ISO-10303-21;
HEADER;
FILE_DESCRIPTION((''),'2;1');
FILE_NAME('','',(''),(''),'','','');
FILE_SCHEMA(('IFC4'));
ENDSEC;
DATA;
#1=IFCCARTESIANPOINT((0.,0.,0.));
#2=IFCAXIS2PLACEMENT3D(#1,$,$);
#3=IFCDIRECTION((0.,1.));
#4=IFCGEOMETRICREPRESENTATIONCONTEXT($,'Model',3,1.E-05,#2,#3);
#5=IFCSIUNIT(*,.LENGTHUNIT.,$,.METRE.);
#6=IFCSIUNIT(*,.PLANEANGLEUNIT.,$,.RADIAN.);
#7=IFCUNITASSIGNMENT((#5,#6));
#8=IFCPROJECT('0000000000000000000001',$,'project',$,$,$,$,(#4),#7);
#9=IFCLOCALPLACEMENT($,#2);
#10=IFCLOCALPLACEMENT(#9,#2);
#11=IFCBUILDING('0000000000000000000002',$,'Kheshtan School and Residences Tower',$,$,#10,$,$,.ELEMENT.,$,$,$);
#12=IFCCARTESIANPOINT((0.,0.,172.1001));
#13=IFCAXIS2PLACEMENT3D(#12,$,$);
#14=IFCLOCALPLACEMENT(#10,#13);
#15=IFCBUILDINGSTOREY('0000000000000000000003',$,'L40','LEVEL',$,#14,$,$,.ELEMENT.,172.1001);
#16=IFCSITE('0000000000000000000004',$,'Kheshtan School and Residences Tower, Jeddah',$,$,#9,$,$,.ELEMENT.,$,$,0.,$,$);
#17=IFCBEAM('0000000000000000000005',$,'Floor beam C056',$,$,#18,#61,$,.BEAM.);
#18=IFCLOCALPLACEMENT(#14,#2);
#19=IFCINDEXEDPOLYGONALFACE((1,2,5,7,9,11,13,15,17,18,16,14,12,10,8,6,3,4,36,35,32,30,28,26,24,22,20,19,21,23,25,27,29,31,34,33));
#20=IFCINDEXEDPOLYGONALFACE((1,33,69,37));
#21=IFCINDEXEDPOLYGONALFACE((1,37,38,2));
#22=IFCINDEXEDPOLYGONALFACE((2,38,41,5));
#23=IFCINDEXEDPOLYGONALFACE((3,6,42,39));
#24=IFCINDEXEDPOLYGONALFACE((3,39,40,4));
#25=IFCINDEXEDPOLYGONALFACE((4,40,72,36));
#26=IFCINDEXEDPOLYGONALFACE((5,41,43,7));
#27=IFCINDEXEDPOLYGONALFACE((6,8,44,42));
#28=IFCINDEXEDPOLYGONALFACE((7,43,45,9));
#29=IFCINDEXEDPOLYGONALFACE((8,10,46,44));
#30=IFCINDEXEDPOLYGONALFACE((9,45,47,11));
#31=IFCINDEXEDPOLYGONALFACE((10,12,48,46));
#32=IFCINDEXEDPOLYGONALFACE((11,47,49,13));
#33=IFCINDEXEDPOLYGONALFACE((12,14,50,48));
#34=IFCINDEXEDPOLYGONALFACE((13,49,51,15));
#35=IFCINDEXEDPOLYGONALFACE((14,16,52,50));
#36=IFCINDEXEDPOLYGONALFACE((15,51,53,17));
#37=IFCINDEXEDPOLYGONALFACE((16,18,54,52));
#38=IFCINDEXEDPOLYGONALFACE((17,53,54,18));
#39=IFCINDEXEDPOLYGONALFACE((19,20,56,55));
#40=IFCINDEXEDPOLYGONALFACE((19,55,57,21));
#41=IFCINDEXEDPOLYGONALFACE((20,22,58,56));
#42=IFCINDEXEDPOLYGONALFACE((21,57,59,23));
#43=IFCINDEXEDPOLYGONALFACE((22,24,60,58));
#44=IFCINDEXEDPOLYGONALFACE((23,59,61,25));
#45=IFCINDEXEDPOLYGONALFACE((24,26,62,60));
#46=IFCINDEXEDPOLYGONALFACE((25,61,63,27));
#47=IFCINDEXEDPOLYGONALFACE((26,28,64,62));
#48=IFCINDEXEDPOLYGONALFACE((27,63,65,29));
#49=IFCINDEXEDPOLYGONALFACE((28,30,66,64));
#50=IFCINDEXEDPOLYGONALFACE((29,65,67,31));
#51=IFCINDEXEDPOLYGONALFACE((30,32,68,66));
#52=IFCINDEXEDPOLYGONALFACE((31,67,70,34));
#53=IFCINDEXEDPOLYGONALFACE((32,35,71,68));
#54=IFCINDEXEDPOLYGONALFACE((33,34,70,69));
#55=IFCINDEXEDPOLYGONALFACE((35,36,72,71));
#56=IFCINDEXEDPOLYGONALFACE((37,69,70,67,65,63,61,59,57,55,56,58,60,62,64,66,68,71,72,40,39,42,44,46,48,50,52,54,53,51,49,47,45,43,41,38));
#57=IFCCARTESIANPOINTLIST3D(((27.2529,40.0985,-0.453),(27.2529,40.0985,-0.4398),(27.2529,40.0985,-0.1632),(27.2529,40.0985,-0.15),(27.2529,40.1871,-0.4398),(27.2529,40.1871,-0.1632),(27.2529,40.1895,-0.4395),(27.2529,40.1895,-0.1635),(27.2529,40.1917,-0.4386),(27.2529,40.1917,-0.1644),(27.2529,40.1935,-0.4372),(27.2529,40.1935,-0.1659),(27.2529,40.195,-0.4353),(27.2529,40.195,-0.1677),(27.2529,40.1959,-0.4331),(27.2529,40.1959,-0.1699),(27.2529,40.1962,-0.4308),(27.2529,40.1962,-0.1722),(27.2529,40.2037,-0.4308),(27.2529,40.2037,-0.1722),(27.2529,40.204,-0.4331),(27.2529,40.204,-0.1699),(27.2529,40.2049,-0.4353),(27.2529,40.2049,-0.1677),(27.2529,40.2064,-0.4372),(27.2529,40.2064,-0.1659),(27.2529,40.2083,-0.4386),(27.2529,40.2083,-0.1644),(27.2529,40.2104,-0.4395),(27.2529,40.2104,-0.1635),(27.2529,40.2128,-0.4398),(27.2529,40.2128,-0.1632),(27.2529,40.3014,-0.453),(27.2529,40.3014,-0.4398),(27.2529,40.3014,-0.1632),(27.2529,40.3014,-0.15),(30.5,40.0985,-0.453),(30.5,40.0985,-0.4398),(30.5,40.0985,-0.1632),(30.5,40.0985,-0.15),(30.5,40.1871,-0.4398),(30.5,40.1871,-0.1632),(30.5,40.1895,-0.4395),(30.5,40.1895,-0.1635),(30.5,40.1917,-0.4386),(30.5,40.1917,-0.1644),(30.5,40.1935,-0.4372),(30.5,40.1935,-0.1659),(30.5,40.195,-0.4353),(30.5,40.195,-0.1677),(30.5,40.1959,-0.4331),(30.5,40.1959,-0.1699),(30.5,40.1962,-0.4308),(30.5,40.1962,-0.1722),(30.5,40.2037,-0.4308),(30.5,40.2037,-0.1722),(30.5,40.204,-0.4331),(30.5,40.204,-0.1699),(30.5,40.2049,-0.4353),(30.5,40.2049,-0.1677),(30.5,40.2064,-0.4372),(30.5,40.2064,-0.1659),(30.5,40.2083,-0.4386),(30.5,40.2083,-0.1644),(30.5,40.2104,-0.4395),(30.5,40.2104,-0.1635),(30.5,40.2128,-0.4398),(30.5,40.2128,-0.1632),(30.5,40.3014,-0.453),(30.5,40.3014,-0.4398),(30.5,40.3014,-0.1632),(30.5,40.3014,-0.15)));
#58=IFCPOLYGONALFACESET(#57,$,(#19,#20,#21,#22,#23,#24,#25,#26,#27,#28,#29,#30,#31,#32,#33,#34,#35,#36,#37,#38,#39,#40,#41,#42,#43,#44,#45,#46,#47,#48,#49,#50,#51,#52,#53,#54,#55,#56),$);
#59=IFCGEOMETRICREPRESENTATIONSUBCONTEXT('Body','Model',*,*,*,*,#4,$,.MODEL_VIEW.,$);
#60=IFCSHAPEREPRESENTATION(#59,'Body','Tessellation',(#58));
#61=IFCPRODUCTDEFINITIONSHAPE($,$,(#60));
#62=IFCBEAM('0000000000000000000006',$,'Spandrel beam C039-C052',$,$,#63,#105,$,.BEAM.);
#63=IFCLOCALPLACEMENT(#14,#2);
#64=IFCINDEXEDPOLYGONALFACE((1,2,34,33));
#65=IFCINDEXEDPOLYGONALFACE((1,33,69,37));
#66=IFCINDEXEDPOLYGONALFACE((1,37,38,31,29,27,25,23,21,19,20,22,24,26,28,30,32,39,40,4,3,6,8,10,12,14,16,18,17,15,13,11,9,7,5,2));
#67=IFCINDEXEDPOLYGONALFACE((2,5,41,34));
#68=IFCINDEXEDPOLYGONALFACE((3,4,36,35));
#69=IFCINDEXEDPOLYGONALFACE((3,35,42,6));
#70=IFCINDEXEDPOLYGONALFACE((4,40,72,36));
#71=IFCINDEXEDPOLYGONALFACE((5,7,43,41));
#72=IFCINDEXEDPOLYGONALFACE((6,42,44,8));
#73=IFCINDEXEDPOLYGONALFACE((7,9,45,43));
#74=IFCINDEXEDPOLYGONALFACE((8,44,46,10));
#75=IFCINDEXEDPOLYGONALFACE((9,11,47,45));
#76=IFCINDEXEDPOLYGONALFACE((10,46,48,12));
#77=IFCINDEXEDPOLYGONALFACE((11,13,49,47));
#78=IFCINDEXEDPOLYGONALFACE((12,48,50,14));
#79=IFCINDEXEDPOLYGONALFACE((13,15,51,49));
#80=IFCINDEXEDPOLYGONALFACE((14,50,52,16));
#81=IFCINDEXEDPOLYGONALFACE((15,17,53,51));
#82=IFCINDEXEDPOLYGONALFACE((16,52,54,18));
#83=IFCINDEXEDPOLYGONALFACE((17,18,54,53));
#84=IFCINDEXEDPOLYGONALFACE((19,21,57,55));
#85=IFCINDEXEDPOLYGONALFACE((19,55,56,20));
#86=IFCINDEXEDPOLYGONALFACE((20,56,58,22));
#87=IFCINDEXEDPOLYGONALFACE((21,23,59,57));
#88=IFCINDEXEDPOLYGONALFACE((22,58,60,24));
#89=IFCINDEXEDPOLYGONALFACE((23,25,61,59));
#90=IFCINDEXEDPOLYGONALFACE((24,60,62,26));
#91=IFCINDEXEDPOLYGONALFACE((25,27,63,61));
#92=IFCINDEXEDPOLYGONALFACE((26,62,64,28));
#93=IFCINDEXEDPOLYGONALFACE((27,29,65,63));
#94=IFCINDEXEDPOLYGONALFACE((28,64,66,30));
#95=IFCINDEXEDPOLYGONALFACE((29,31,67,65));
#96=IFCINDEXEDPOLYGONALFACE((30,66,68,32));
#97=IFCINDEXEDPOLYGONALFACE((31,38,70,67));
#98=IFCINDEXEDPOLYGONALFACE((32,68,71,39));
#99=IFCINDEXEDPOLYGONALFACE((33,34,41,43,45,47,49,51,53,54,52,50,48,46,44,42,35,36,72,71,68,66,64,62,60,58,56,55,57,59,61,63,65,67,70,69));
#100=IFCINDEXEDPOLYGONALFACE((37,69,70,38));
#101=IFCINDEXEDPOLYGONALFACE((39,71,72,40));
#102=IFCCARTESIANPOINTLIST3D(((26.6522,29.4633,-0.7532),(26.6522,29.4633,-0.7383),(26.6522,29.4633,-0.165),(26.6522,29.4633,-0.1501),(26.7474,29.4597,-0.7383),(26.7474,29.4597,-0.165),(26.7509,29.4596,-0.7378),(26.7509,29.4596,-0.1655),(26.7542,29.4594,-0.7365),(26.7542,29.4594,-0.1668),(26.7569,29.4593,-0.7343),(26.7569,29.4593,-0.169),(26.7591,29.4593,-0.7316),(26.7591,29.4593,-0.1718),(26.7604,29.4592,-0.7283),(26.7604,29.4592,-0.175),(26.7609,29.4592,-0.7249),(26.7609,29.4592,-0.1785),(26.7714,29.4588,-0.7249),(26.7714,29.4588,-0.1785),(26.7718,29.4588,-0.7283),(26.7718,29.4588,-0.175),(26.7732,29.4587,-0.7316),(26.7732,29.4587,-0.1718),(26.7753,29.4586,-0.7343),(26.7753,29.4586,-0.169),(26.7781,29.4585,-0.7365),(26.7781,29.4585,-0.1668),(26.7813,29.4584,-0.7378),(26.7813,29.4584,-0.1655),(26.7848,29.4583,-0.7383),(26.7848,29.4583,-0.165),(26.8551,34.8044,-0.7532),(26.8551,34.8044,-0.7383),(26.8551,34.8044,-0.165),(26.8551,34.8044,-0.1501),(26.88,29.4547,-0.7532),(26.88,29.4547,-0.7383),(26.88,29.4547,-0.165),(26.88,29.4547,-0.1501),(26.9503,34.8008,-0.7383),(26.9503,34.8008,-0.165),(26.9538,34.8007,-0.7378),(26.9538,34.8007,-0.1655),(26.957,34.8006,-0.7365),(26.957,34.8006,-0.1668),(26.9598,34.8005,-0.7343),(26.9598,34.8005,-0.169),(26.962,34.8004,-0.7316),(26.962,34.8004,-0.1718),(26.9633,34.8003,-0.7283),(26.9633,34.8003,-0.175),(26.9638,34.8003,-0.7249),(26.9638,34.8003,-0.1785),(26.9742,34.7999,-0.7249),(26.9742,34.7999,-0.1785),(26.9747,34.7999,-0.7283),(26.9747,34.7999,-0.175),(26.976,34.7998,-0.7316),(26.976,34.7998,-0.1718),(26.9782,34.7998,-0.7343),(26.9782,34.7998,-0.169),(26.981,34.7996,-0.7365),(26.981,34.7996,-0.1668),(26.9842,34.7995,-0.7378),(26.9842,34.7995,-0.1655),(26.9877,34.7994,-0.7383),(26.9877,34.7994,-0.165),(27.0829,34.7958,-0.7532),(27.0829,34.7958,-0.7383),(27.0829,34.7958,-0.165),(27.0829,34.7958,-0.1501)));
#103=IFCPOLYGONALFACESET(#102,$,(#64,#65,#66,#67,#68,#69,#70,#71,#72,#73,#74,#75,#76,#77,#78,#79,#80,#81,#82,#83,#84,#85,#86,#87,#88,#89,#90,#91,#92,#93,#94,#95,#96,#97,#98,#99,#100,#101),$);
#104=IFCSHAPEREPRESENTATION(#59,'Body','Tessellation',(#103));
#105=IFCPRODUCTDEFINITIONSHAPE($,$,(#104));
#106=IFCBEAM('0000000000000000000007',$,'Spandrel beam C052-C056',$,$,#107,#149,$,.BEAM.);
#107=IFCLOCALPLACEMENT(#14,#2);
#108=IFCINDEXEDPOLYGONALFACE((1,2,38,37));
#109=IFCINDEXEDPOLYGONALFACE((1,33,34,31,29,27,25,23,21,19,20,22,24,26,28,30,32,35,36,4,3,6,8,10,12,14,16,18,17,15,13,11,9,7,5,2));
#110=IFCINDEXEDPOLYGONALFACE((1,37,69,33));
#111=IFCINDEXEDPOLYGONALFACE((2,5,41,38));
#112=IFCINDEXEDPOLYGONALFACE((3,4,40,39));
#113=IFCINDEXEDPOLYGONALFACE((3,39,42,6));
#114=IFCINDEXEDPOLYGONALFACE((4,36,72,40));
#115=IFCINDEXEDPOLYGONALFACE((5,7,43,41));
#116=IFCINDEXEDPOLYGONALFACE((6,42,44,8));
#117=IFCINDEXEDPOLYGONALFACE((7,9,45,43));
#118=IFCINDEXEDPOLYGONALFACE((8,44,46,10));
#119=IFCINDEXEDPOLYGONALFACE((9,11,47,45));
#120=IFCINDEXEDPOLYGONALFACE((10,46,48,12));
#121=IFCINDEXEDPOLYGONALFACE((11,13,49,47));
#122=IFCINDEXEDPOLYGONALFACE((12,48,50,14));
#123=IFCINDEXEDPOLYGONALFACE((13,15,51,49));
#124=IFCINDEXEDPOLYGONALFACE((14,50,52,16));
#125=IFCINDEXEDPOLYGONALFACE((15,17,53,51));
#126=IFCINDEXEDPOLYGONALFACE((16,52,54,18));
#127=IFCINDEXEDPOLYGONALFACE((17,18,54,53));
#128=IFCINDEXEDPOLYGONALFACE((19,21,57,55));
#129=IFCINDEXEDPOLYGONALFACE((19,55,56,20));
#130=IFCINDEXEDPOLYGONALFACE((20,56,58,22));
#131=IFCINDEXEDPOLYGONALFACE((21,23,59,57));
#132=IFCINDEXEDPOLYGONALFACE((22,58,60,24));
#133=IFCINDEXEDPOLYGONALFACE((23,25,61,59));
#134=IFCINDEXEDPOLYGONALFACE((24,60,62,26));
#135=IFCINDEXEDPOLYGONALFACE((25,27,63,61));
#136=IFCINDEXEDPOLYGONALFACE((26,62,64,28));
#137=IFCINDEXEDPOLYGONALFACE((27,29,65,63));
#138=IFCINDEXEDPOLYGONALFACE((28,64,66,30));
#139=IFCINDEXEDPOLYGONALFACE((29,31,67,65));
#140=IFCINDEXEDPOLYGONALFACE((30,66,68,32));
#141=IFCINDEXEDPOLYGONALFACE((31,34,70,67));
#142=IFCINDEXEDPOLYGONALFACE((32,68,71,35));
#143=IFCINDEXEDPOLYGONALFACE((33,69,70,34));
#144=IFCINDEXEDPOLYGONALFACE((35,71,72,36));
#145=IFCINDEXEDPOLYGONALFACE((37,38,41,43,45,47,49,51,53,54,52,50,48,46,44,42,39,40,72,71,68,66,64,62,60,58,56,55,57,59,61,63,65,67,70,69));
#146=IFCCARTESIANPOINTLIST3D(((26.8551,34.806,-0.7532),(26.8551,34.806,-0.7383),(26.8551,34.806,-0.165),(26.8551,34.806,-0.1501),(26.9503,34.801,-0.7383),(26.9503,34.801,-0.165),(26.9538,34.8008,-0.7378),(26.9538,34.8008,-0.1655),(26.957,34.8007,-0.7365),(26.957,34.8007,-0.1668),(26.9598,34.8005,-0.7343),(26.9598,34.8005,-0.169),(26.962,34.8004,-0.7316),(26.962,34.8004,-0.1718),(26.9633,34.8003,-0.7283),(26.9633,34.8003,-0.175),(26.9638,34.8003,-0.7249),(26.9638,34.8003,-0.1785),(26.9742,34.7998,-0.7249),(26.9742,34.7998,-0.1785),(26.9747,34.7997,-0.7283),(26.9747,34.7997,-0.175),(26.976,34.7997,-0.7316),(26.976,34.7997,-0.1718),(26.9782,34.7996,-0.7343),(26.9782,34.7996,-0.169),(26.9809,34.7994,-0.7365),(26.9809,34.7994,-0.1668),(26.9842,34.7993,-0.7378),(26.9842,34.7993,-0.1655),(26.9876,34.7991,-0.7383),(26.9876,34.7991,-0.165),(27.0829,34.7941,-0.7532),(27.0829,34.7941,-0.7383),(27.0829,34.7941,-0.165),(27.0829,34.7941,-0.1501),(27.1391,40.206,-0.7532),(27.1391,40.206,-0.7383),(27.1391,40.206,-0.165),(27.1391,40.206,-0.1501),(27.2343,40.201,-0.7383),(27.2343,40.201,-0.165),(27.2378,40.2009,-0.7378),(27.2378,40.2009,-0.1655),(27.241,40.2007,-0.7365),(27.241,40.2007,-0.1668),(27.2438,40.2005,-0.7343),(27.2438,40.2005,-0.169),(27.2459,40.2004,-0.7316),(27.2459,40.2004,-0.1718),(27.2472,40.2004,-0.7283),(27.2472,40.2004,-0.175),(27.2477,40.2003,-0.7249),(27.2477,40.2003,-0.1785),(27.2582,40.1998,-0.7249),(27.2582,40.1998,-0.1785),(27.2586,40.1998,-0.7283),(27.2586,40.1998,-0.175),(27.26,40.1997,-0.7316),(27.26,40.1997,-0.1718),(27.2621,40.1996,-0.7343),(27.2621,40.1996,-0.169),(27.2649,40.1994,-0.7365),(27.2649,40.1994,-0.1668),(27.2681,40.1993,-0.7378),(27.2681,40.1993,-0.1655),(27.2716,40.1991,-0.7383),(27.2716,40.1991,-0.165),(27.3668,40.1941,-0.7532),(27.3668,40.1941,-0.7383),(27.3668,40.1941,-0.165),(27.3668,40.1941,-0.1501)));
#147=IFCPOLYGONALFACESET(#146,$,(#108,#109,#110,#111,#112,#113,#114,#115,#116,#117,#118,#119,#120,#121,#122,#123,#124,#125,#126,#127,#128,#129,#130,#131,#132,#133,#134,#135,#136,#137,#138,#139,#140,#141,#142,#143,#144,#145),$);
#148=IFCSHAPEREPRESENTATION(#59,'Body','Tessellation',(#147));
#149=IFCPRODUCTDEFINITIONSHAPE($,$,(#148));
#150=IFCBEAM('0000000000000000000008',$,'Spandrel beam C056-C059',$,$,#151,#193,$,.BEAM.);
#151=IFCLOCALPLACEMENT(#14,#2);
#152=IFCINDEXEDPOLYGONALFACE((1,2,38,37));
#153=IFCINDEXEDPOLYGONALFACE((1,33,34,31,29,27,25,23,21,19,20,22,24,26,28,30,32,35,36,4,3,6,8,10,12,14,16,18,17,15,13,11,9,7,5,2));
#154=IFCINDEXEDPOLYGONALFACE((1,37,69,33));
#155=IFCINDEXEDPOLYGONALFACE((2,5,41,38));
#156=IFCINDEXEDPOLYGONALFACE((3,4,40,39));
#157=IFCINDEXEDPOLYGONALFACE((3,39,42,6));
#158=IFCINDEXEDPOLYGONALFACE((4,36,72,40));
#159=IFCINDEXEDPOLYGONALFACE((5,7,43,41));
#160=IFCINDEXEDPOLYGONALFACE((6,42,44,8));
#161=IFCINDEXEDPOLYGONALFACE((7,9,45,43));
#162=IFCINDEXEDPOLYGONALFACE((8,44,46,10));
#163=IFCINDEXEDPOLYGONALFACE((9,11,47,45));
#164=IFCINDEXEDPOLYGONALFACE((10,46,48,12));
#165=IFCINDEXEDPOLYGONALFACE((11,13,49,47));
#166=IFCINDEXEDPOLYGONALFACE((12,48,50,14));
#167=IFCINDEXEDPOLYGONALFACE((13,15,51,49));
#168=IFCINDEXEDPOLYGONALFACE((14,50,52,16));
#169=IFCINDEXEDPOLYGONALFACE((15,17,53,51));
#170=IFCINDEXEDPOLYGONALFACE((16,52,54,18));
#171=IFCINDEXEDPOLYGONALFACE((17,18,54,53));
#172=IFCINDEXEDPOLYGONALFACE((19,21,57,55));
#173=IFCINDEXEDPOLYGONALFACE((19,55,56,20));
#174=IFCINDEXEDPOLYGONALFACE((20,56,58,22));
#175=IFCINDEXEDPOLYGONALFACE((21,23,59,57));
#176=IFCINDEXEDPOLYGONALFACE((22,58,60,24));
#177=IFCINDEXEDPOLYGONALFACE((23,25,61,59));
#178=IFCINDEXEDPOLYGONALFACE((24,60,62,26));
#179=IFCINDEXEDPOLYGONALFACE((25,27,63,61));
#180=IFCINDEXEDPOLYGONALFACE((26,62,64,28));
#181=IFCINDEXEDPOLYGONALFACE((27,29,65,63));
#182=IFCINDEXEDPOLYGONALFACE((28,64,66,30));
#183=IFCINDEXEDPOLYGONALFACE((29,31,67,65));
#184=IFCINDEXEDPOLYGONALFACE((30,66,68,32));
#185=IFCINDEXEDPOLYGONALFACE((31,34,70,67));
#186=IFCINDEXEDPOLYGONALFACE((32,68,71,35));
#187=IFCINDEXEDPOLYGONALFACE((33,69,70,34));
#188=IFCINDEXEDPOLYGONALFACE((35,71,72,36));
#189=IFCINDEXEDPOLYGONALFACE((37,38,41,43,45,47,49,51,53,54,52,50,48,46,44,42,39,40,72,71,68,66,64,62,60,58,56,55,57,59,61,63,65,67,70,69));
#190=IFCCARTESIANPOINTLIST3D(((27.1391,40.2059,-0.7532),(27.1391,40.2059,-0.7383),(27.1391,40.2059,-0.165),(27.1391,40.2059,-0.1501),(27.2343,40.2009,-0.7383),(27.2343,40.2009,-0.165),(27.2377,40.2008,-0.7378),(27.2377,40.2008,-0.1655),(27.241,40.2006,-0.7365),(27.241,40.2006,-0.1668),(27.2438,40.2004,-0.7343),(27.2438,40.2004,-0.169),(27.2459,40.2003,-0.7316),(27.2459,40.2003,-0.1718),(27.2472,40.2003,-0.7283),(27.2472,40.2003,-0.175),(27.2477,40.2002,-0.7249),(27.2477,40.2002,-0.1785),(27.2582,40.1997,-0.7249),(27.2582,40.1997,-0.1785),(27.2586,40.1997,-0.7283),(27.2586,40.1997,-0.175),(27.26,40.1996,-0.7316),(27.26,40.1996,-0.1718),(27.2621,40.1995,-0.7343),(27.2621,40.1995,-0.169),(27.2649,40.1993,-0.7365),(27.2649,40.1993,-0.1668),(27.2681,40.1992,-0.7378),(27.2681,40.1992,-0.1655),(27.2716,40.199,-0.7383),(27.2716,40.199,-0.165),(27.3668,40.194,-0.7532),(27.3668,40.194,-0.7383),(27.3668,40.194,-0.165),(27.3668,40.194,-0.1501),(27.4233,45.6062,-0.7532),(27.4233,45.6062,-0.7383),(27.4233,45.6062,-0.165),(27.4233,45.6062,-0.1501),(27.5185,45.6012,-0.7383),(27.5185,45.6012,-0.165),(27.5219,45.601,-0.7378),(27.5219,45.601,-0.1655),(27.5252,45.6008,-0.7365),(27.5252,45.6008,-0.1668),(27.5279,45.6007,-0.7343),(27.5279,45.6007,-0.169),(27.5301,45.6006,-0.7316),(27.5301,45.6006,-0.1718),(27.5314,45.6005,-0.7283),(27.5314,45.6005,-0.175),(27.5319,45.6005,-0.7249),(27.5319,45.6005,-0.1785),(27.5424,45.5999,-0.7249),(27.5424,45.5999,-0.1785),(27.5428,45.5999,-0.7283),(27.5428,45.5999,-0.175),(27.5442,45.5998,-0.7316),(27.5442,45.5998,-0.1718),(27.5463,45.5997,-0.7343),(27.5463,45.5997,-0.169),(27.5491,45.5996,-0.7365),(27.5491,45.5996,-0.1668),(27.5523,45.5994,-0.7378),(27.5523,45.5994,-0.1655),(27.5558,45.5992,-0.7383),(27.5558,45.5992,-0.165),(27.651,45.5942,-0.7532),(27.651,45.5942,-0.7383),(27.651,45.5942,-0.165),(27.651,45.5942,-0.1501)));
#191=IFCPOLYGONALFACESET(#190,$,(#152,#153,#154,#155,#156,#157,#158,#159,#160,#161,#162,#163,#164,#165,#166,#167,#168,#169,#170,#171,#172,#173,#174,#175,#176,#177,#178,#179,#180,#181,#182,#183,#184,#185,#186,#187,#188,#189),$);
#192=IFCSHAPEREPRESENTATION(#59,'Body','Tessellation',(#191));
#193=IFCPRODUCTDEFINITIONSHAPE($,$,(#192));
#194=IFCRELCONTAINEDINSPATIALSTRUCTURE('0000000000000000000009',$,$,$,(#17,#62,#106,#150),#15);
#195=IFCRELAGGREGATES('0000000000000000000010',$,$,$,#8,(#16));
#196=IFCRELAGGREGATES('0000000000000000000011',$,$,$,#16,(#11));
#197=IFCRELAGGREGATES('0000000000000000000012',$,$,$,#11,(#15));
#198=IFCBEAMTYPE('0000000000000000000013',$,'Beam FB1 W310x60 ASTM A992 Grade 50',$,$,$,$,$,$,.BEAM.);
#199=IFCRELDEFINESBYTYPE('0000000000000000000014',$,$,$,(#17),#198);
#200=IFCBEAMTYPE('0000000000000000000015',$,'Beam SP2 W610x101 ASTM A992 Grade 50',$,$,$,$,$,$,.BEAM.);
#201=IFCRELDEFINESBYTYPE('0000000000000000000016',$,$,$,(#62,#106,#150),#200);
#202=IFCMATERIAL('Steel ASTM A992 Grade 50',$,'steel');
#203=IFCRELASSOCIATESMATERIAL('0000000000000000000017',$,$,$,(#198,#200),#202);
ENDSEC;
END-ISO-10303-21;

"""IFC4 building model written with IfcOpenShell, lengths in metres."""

from ifc_helpers import new_model, si_unit, direction, frame, origin, origin_2d, place, context, subcontext, project, spatial, i_section, extrude, material, material_profile, profile_set, type_object, element, save


model = new_model("IFC4")

# Units and contexts
model_context = context("Model", 3, precision=1e-05, world=origin(), true_north=direction((0.0, 1.0)))
body_context = subcontext(model_context, "Body", "Model", "MODEL_VIEW")
ifc_project = project(units=[si_unit("LENGTHUNIT", "METRE"), si_unit("PLANEANGLEUNIT", "RADIAN")], contexts=[model_context])

# Site, building, storey
site_placement = place(None, origin())
site = spatial("IfcSite", under=ifc_project, at=site_placement, Name="Kheshtan School and Residences Tower, Jeddah", CompositionType="ELEMENT", RefElevation=0.0)
building_placement = place(site_placement, origin())
building = spatial("IfcBuilding", under=site, at=building_placement, Name="Kheshtan School and Residences Tower", CompositionType="ELEMENT")
storey_placement = place(building_placement, frame((0.0, 0.0, 172.1001)))
storey = spatial("IfcBuildingStorey", under=building, at=storey_placement, Name="L40", Description="LEVEL", CompositionType="ELEMENT", Elevation=172.1001)

# Shared definitions
ifc_material_1 = material(Name="Steel ASTM A992 Grade 50", Category="steel")

# Beams
ifc_material_profile_1 = material_profile(ifc_material_1, i_section(OverallWidth=0.2029, OverallDepth=0.303, WebThickness=0.0076, FlangeThickness=0.0132, FilletRadius=0.009, at=origin_2d()), Name="W310x60")
ifc_profile_set_1 = profile_set([ifc_material_profile_1], Name="Steel ASTM A992 Grade 50")
beam_type_1 = type_object("IfcBeamType", Name="Beam FB1 W310x60 ASTM A992 Grade 50", PredefinedType="BEAM", material=ifc_profile_set_1)
beam_1_placement = place(storey_placement, frame((27.2529, 40.2, -0.3015), z_axis=(1.0, 0.0, 0.0), x_axis=(0.0, 1.0, 0.0)))
element("IfcBeam", 1, at=beam_1_placement, inside=storey, type_object=beam_type_1, Name="Floor beam C056", PredefinedType="BEAM", context=body_context, shape_type="SweptSolid", body=[
    extrude(i_section(OverallWidth=0.2029, OverallDepth=0.303, WebThickness=0.0076, FlangeThickness=0.0132, FilletRadius=0.009, at=origin_2d()), origin(), (0.0, 0.0, 1.0), 3.2471),
])
ifc_material_profile_2 = material_profile(ifc_material_1, i_section(OverallWidth=0.228, OverallDepth=0.603, WebThickness=0.0105, FlangeThickness=0.0149, FilletRadius=0.0134, at=origin_2d()), Name="W610x101")
ifc_profile_set_2 = profile_set([ifc_material_profile_2], Name="Steel ASTM A992 Grade 50")
beam_type_2 = type_object("IfcBeamType", Name="Beam SP2 W610x101 ASTM A992 Grade 50", PredefinedType="BEAM", material=ifc_profile_set_2)
beam_2_placement = place(storey_placement, frame((26.7661, 29.459, -0.4517), z_axis=(0.037958, 0.999279, 0.0), x_axis=(-0.999279, 0.037958, 0.0)))
element("IfcBeam", 2, at=beam_2_placement, inside=storey, type_object=beam_type_2, Name="Spandrel beam C039-C052", PredefinedType="BEAM", context=body_context, shape_type="SweptSolid", body=[
    extrude(i_section(OverallWidth=0.228, OverallDepth=0.603, WebThickness=0.0105, FlangeThickness=0.0149, FilletRadius=0.0134, at=origin_2d()), origin(), (0.0, 0.0, 1.0), 5.345),
])
beam_3_placement = place(storey_placement, frame((26.969, 34.8, -0.4517), z_axis=(0.052509, 0.99862, 0.0), x_axis=(-0.99862, 0.052509, 0.0)))
element("IfcBeam", 3, at=beam_3_placement, inside=storey, type_object=beam_type_2, Name="Spandrel beam C052-C056", PredefinedType="BEAM", context=body_context, shape_type="SweptSolid", body=[
    extrude(i_section(OverallWidth=0.228, OverallDepth=0.603, WebThickness=0.0105, FlangeThickness=0.0149, FilletRadius=0.0134, at=origin_2d()), origin(), (0.0, 0.0, 1.0), 5.4075),
])
beam_4_placement = place(storey_placement, frame((27.2529, 40.2, -0.4517), z_axis=(0.052552, 0.998618, 0.0), x_axis=(-0.998618, 0.052552, 0.0)))
element("IfcBeam", 4, at=beam_4_placement, inside=storey, type_object=beam_type_2, Name="Spandrel beam C056-C059", PredefinedType="BEAM", context=body_context, shape_type="SweptSolid", body=[
    extrude(i_section(OverallWidth=0.228, OverallDepth=0.603, WebThickness=0.0105, FlangeThickness=0.0149, FilletRadius=0.0134, at=origin_2d()), origin(), (0.0, 0.0, 1.0), 5.4077),
])

save(model, "model.ifc")
